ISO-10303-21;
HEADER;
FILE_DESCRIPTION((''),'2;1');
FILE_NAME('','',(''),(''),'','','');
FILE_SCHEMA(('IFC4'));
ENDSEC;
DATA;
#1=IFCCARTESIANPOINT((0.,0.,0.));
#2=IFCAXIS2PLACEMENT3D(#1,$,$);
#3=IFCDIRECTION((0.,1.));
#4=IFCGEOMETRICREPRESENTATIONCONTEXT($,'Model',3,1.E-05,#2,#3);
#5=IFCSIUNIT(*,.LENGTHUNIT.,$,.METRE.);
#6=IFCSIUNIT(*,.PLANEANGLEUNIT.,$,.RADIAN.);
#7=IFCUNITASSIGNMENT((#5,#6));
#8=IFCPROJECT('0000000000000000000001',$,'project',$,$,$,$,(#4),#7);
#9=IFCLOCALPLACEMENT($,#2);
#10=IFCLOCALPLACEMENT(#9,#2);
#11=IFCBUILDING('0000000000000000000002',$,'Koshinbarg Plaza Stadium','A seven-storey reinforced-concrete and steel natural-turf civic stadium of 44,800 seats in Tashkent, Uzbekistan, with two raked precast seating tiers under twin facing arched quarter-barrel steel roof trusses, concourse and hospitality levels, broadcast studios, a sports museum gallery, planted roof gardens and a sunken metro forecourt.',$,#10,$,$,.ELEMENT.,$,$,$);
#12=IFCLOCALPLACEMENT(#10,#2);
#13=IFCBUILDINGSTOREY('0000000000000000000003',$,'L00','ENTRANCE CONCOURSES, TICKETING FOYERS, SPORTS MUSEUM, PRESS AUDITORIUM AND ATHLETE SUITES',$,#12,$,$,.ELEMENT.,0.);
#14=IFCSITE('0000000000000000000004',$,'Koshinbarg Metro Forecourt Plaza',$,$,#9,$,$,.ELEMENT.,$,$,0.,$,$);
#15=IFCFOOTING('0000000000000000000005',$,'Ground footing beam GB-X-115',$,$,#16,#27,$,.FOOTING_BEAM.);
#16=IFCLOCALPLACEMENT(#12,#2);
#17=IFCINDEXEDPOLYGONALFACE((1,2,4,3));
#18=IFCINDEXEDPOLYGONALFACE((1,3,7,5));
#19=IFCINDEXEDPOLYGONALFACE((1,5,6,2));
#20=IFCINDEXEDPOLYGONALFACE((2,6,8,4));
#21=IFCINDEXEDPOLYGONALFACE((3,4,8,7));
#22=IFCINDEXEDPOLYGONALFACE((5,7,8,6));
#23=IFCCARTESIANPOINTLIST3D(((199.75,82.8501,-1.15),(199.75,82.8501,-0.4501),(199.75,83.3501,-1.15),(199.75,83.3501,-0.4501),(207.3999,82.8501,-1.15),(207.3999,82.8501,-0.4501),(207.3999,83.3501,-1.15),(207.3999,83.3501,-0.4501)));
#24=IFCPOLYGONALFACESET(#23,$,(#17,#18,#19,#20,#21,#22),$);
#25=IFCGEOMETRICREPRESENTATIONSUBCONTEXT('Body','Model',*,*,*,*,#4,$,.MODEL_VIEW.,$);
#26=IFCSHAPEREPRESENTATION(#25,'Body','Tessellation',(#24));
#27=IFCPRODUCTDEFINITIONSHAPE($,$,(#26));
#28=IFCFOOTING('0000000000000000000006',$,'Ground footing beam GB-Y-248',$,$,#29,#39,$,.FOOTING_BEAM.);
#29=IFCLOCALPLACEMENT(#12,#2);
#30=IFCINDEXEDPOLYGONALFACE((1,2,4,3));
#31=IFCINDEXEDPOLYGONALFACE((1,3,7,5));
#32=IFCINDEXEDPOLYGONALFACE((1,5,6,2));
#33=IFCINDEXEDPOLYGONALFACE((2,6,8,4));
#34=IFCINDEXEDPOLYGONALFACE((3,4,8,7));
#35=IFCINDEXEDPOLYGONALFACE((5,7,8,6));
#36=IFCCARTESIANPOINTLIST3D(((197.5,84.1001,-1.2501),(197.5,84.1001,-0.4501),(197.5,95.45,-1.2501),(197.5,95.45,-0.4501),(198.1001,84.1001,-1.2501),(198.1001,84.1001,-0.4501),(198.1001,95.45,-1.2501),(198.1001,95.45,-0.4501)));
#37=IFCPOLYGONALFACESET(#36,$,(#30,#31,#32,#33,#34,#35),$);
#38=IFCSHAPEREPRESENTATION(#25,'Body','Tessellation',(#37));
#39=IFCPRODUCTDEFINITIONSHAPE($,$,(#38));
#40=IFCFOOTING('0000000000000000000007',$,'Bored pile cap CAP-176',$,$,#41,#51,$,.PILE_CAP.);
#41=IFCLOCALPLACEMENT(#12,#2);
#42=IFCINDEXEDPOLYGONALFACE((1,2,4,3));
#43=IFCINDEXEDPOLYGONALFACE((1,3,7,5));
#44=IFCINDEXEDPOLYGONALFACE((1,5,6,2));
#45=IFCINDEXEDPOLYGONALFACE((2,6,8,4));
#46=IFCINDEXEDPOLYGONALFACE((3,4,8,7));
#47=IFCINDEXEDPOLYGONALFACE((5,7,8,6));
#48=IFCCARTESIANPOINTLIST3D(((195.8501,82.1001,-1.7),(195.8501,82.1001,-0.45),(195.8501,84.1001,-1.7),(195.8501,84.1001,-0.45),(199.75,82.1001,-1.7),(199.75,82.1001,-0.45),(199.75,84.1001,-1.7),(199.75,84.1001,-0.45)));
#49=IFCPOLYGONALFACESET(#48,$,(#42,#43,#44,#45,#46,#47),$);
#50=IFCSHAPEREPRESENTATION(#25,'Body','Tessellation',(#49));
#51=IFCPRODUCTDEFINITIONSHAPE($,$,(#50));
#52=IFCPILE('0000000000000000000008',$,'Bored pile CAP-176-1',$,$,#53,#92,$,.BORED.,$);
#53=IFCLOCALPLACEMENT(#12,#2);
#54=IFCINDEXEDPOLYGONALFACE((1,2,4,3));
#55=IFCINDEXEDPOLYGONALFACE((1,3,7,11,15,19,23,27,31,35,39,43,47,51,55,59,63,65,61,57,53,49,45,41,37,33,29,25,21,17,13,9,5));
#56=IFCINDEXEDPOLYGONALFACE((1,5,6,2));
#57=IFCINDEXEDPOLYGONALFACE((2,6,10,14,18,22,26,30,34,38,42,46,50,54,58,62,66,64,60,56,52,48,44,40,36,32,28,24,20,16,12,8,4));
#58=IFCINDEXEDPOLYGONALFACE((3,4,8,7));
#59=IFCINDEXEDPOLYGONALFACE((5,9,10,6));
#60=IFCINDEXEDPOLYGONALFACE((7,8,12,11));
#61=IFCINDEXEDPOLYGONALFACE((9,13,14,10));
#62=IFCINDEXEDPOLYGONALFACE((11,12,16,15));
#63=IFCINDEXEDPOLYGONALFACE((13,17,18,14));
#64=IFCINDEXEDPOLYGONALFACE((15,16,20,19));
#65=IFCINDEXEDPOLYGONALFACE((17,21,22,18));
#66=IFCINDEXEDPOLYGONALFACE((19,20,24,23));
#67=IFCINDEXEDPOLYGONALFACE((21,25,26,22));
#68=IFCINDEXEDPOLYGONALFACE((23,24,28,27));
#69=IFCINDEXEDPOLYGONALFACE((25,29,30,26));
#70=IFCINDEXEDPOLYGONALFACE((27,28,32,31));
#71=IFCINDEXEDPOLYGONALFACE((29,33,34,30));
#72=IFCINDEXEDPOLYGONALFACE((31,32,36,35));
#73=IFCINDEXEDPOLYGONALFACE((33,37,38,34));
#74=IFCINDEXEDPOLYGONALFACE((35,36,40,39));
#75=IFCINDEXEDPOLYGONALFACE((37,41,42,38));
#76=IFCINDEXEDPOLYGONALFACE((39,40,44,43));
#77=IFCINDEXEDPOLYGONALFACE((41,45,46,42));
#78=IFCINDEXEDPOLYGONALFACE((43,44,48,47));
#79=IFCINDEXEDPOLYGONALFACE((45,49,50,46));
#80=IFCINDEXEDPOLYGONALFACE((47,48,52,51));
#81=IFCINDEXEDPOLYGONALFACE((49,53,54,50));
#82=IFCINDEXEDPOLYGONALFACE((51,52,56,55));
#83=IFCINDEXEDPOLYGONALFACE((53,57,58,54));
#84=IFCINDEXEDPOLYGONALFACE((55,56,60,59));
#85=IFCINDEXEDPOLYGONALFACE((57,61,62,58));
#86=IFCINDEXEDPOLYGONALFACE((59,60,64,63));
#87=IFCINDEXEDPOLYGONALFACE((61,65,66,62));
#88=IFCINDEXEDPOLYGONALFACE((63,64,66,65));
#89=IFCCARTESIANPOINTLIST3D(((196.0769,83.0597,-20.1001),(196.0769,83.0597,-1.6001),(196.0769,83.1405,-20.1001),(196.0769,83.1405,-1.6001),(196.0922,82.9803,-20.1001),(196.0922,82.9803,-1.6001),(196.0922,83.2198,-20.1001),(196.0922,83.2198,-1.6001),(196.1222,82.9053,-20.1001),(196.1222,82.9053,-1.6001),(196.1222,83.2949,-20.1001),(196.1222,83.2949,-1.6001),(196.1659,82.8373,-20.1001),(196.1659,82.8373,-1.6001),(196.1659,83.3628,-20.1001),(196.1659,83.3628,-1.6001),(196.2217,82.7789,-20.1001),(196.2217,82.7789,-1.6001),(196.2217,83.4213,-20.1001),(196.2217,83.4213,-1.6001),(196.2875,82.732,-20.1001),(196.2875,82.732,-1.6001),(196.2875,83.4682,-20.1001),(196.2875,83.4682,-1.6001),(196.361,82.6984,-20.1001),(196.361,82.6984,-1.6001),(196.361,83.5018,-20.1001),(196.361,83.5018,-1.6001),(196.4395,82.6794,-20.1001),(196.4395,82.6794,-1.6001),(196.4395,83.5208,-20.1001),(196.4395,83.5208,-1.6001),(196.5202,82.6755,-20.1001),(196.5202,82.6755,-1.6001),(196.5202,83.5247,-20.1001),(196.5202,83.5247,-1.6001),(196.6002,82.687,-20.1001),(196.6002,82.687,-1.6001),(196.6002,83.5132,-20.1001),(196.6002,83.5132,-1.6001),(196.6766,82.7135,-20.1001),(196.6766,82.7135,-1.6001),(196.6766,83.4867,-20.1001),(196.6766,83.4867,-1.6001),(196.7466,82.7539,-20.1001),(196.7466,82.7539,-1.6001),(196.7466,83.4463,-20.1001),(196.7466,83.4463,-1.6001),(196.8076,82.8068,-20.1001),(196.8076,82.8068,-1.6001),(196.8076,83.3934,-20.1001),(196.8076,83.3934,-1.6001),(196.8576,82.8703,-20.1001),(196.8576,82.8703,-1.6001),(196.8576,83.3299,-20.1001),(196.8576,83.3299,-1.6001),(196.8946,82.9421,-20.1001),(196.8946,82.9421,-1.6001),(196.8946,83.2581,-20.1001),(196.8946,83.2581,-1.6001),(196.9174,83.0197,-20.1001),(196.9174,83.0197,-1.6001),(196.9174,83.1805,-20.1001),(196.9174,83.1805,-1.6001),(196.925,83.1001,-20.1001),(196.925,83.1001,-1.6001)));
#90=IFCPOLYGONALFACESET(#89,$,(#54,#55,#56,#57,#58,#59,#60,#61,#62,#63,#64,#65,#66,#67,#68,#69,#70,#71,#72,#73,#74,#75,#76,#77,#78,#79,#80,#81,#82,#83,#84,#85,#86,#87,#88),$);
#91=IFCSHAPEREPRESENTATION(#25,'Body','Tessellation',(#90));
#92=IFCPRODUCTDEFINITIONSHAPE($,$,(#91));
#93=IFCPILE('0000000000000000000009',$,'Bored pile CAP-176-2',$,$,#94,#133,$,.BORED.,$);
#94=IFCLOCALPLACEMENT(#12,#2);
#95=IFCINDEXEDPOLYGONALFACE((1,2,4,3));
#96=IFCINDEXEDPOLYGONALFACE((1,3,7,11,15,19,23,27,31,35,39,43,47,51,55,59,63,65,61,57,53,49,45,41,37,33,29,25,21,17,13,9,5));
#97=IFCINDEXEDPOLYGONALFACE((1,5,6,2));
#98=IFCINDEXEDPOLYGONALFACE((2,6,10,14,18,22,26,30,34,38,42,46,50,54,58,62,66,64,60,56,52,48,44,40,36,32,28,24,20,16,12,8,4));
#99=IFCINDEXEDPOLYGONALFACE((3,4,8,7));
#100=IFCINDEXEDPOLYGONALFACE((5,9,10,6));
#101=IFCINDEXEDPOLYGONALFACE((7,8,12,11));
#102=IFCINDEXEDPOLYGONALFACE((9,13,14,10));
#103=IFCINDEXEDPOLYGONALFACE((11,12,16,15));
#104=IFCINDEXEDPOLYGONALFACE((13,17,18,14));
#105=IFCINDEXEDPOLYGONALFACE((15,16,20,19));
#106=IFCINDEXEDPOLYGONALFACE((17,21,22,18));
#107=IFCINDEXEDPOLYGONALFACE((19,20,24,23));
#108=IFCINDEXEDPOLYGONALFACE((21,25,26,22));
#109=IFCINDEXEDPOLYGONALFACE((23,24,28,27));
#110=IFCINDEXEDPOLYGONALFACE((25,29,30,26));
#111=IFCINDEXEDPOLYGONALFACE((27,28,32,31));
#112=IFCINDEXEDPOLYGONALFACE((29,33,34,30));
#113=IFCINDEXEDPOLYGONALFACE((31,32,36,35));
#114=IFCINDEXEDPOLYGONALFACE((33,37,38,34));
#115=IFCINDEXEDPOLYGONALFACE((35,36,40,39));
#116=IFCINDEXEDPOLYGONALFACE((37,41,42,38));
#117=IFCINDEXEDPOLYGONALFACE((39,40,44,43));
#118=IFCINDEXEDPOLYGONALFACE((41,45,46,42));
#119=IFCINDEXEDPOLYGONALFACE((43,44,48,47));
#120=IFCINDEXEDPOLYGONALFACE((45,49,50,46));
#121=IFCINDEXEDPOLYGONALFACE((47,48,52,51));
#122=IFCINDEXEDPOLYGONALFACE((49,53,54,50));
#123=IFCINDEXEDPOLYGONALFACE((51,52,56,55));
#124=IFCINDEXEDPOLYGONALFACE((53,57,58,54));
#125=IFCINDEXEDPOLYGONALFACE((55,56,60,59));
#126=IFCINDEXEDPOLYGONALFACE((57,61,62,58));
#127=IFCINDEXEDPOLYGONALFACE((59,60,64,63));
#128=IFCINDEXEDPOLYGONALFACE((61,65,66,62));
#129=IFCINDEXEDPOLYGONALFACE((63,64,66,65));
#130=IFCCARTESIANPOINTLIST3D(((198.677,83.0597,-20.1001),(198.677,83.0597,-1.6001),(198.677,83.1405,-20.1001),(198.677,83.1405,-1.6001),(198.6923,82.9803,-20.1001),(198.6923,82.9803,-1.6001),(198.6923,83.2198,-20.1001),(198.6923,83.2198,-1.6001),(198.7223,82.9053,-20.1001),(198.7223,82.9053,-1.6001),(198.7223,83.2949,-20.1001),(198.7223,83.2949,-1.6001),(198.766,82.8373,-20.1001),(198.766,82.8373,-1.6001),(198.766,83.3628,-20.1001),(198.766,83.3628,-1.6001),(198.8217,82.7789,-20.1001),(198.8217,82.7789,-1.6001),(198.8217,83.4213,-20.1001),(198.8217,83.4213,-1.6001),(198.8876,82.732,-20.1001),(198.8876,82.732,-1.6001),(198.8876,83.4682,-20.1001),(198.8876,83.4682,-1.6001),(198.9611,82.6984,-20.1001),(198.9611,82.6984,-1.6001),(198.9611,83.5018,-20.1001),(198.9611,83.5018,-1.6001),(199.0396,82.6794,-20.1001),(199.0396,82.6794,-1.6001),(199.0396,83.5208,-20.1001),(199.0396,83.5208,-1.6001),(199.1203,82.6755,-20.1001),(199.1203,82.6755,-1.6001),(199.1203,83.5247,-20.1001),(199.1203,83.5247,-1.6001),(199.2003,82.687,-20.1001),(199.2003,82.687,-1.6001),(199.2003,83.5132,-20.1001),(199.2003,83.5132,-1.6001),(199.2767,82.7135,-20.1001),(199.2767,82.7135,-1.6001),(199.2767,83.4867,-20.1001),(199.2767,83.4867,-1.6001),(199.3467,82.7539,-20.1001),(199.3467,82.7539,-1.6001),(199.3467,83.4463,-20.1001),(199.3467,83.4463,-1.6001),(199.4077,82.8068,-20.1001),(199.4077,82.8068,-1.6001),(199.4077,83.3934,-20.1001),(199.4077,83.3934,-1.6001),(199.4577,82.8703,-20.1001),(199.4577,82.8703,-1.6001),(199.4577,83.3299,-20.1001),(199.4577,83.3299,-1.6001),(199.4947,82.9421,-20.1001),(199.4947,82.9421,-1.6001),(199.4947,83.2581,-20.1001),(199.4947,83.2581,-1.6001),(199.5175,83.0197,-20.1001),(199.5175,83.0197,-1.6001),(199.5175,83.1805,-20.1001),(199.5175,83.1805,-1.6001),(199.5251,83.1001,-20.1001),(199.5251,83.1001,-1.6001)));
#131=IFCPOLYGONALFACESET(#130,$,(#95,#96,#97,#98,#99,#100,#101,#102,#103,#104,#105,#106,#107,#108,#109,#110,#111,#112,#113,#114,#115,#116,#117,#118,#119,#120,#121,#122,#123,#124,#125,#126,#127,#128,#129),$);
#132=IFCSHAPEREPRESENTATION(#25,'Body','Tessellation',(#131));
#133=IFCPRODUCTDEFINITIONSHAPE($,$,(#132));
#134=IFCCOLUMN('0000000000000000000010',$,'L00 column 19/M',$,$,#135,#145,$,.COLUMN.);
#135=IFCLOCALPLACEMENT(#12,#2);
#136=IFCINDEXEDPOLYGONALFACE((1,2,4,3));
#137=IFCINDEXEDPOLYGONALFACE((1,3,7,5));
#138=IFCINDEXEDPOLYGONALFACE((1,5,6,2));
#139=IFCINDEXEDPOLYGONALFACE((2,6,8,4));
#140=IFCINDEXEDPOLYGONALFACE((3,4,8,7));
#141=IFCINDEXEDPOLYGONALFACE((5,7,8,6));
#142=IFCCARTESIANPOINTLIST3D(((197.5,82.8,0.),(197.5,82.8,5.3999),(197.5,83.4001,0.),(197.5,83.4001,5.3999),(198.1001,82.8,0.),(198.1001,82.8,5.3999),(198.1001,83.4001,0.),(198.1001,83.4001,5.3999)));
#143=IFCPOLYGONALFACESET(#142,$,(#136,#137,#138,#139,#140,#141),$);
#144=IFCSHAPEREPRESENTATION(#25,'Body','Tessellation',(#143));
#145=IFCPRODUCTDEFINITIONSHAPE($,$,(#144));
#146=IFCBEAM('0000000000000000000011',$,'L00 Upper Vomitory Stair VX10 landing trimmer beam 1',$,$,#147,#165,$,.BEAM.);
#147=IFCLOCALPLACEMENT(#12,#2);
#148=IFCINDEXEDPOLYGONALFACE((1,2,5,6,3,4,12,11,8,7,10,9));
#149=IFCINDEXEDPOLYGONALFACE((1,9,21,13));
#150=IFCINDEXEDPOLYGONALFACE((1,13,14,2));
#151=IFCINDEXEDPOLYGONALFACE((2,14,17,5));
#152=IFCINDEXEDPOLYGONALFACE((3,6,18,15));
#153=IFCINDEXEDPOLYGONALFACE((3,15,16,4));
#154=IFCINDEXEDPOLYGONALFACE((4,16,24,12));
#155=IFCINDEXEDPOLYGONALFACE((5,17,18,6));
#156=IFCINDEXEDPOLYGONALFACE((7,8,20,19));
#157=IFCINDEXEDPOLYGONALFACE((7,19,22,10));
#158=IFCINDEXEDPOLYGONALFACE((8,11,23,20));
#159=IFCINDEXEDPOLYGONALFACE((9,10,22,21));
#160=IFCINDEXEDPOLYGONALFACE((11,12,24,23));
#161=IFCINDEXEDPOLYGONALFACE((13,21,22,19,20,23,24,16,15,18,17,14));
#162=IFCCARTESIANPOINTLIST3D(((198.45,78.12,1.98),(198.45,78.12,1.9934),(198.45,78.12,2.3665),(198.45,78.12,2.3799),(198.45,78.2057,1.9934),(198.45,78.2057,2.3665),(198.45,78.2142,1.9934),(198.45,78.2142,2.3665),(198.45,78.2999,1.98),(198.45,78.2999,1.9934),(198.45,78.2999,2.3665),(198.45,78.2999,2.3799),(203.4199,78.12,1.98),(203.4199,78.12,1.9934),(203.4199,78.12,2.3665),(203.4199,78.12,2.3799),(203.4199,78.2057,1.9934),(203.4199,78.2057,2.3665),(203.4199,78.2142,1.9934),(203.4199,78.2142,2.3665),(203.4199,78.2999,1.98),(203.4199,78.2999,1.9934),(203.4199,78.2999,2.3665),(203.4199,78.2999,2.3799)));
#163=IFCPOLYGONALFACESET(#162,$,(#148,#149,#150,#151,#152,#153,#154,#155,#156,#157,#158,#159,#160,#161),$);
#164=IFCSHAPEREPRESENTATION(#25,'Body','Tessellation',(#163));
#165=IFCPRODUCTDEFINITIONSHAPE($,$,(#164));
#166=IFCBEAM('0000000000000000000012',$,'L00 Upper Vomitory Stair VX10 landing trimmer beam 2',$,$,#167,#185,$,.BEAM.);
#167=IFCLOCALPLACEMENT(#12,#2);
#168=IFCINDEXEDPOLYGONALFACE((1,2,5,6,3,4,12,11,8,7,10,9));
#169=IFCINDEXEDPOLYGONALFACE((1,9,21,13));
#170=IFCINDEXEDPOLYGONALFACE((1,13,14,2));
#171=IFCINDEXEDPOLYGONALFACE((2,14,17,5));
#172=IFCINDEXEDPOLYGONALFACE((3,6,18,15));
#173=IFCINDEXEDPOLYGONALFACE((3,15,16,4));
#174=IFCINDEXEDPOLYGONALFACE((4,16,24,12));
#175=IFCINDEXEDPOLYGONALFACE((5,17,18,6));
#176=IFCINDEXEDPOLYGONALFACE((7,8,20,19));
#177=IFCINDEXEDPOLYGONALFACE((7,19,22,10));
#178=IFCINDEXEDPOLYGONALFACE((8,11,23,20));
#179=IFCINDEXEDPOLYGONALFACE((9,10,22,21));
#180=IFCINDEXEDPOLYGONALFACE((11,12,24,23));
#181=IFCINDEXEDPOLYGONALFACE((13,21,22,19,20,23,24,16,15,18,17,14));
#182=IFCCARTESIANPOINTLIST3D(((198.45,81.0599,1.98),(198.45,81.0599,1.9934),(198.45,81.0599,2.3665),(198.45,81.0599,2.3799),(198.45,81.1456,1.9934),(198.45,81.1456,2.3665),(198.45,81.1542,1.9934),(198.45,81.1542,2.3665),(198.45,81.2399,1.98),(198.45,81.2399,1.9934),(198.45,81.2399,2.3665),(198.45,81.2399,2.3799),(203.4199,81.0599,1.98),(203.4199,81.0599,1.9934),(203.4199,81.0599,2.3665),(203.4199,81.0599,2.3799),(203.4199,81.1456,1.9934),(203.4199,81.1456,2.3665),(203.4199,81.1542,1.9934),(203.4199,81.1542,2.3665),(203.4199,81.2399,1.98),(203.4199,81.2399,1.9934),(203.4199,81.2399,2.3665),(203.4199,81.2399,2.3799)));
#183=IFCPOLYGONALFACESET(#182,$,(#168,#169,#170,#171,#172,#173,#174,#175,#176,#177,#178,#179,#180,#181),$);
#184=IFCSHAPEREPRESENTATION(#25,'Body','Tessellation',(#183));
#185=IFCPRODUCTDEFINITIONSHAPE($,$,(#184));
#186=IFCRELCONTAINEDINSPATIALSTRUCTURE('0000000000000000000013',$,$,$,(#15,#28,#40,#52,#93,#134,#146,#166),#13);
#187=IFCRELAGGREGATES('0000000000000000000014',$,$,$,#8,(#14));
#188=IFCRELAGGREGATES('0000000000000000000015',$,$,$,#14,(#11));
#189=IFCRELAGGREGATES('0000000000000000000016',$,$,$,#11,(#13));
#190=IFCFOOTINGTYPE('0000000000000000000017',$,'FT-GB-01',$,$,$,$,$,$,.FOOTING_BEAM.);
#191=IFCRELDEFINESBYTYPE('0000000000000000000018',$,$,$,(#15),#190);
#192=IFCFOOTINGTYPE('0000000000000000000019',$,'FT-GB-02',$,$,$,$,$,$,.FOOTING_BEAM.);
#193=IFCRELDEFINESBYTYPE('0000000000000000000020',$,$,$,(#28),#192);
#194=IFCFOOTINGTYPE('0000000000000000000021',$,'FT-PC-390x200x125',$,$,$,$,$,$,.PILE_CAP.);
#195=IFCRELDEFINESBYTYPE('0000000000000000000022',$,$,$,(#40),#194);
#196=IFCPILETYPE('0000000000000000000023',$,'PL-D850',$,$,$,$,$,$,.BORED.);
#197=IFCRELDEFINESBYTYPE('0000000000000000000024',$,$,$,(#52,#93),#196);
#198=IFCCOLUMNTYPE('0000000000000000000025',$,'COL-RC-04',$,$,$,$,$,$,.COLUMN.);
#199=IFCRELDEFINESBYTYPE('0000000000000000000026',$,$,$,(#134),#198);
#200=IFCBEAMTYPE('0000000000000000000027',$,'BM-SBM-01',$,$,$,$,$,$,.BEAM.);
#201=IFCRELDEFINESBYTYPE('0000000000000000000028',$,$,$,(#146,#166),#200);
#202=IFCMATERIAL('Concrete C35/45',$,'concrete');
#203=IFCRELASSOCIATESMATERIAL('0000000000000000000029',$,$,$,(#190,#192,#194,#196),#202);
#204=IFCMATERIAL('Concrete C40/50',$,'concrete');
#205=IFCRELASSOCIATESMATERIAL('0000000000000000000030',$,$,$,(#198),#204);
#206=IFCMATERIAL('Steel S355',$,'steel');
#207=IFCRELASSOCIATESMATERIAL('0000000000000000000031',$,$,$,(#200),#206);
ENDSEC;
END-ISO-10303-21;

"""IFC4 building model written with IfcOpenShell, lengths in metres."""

from ifc_helpers import new_model, si_unit, direction, frame, origin, origin_2d, place, context, subcontext, project, spatial, rectangle, circle, i_section, extrude, material, material_profile, profile_set, type_object, element, save


model = new_model("IFC4")

# Units and contexts
model_context = context("Model", 3, precision=1e-05, world=origin(), true_north=direction((0.0, 1.0)))
body_context = subcontext(model_context, "Body", "Model", "MODEL_VIEW")
ifc_project = project(units=[si_unit("LENGTHUNIT", "METRE"), si_unit("PLANEANGLEUNIT", "RADIAN")], contexts=[model_context])

# Site, building, storey
site_placement = place(None, origin())
site = spatial("IfcSite", under=ifc_project, at=site_placement, Name="Koshinbarg Metro Forecourt Plaza", CompositionType="ELEMENT", RefElevation=0.0)
building_placement = place(site_placement, origin())
building = spatial("IfcBuilding", under=site, at=building_placement, Name="Koshinbarg Plaza Stadium", Description="A seven-storey reinforced-concrete and steel natural-turf civic stadium of 44,800 seats in Tashkent, Uzbekistan, with two raked precast seating tiers under twin facing arched quarter-barrel steel roof trusses, concourse and hospitality levels, broadcast studios, a sports museum gallery, planted roof gardens and a sunken metro forecourt.", CompositionType="ELEMENT")
storey_placement = place(building_placement, origin())
storey = spatial("IfcBuildingStorey", under=building, at=storey_placement, Name="L00", Description="ENTRANCE CONCOURSES, TICKETING FOYERS, SPORTS MUSEUM, PRESS AUDITORIUM AND ATHLETE SUITES", CompositionType="ELEMENT", Elevation=0.0)

# Footings
ifc_material_1 = material(Name="Concrete C35/45", Category="concrete")
ifc_material_profile_1 = material_profile(ifc_material_1, rectangle(XDim=0.5, YDim=0.7, at=origin_2d()), Name="GB 500x700")
ifc_profile_set_1 = profile_set([ifc_material_profile_1], Name="Concrete C35/45")
footing_type_1 = type_object("IfcFootingType", Name="FT-GB-01", PredefinedType="FOOTING_BEAM", material=ifc_profile_set_1)
footing_1_placement = place(storey_placement, frame((199.75, 83.1001, -0.8), z_axis=(1.0, 0.0, 0.0), x_axis=(0.0, 1.0, 0.0)))
element("IfcFooting", 1, at=footing_1_placement, inside=storey, type_object=footing_type_1, Name="Ground footing beam GB-X-115", PredefinedType="FOOTING_BEAM", context=body_context, shape_type="SweptSolid", body=[
    extrude(rectangle(XDim=0.5, YDim=0.7, at=origin_2d()), origin(), (0.0, 0.0, 1.0), 7.6499),
])
ifc_material_profile_2 = material_profile(ifc_material_1, rectangle(XDim=0.6001, YDim=0.8, at=origin_2d()), Name="GB 600x800")
ifc_profile_set_2 = profile_set([ifc_material_profile_2], Name="Concrete C35/45")
footing_type_2 = type_object("IfcFootingType", Name="FT-GB-02", PredefinedType="FOOTING_BEAM", material=ifc_profile_set_2)
footing_2_placement = place(storey_placement, frame((197.8, 84.1001, -0.8501), z_axis=(0.0, 1.0, 0.0), x_axis=(-1.0, 0.0, 0.0)))
element("IfcFooting", 2, at=footing_2_placement, inside=storey, type_object=footing_type_2, Name="Ground footing beam GB-Y-248", PredefinedType="FOOTING_BEAM", context=body_context, shape_type="SweptSolid", body=[
    extrude(rectangle(XDim=0.6001, YDim=0.8, at=origin_2d()), origin(), (0.0, 0.0, 1.0), 11.3499),
])
footing_type_3 = type_object("IfcFootingType", Name="FT-PC-390x200x125", PredefinedType="PILE_CAP", material=ifc_material_1)
footing_3_placement = place(storey_placement, frame((197.8, 83.1001, -1.7), z_axis=(0.0, 0.0, 1.0), x_axis=(1.0, 0.0, 0.0)))
element("IfcFooting", 3, at=footing_3_placement, inside=storey, type_object=footing_type_3, Name="Bored pile cap CAP-176", PredefinedType="PILE_CAP", context=body_context, shape_type="SweptSolid", body=[
    extrude(rectangle(XDim=3.8999, YDim=2.0, at=origin_2d()), origin(), (0.0, 0.0, 1.0), 1.25),
])

# Piles
ifc_material_profile_3 = material_profile(ifc_material_1, circle(Radius=0.425, at=origin_2d()), Name="PILE D850")
ifc_profile_set_3 = profile_set([ifc_material_profile_3], Name="Concrete C35/45")
pile_type = type_object("IfcPileType", Name="PL-D850", PredefinedType="BORED", material=ifc_profile_set_3)
for number, where, z_axis, x_axis, name in (
    (4, (196.5, 83.1001, -1.6001), (0.0, 0.0, -1.0), (1.0, 0.0, 0.0), "Bored pile CAP-176-1"),
    (5, (199.1001, 83.1001, -1.6001), (0.0, 0.0, -1.0), (1.0, 0.0, 0.0), "Bored pile CAP-176-2"),
):
    element("IfcPile", number, at=place(storey_placement, frame(where, z_axis=z_axis, x_axis=x_axis)), inside=storey, type_object=pile_type, Name=name, PredefinedType="BORED", context=body_context, shape_type="SweptSolid", body=[
        extrude(circle(Radius=0.425, at=origin_2d()), origin(), (0.0, 0.0, 1.0), 18.5),
    ])

# Column
ifc_material_2 = material(Name="Concrete C40/50", Category="concrete")
ifc_material_profile_4 = material_profile(ifc_material_2, rectangle(XDim=0.6001, YDim=0.6001, at=origin_2d()), Name="RC 600x600")
ifc_profile_set_4 = profile_set([ifc_material_profile_4], Name="Concrete C40/50")
column_type = type_object("IfcColumnType", Name="COL-RC-04", PredefinedType="COLUMN", material=ifc_profile_set_4)
column_placement = place(storey_placement, frame((197.8, 83.1001, 0.0), z_axis=(0.0, 0.0, 1.0), x_axis=(1.0, 0.0, 0.0)))
element("IfcColumn", 6, at=column_placement, inside=storey, type_object=column_type, Name="L00 column 19/M", PredefinedType="COLUMN", context=body_context, shape_type="SweptSolid", body=[
    extrude(rectangle(XDim=0.6001, YDim=0.6001, at=origin_2d()), origin(), (0.0, 0.0, 1.0), 5.3999),
])

# Beams
ifc_material_3 = material(Name="Steel S355", Category="steel")
ifc_material_profile_5 = material_profile(ifc_material_3, i_section(OverallWidth=0.1799, OverallDepth=0.3999, WebThickness=0.0085, FlangeThickness=0.0134, at=origin_2d()), Name="IPE 400")
ifc_profile_set_5 = profile_set([ifc_material_profile_5], Name="Steel S355")
beam_type = type_object("IfcBeamType", Name="BM-SBM-01", PredefinedType="BEAM", material=ifc_profile_set_5)
for number, where, z_axis, x_axis, name in (
    (7, (198.45, 78.21, 2.1799), (1.0, 0.0, 0.0), (0.0, 1.0, 0.0), "L00 Upper Vomitory Stair VX10 landing trimmer beam 1"),
    (8, (198.45, 81.1499, 2.1799), (1.0, 0.0, 0.0), (0.0, 1.0, 0.0), "L00 Upper Vomitory Stair VX10 landing trimmer beam 2"),
):
    element("IfcBeam", number, at=place(storey_placement, frame(where, z_axis=z_axis, x_axis=x_axis)), inside=storey, type_object=beam_type, Name=name, PredefinedType="BEAM", context=body_context, shape_type="SweptSolid", body=[
        extrude(i_section(OverallWidth=0.1799, OverallDepth=0.3999, WebThickness=0.0085, FlangeThickness=0.0134, at=origin_2d()), origin(), (0.0, 0.0, 1.0), 4.97),
    ])

save(model, "model.ifc")
